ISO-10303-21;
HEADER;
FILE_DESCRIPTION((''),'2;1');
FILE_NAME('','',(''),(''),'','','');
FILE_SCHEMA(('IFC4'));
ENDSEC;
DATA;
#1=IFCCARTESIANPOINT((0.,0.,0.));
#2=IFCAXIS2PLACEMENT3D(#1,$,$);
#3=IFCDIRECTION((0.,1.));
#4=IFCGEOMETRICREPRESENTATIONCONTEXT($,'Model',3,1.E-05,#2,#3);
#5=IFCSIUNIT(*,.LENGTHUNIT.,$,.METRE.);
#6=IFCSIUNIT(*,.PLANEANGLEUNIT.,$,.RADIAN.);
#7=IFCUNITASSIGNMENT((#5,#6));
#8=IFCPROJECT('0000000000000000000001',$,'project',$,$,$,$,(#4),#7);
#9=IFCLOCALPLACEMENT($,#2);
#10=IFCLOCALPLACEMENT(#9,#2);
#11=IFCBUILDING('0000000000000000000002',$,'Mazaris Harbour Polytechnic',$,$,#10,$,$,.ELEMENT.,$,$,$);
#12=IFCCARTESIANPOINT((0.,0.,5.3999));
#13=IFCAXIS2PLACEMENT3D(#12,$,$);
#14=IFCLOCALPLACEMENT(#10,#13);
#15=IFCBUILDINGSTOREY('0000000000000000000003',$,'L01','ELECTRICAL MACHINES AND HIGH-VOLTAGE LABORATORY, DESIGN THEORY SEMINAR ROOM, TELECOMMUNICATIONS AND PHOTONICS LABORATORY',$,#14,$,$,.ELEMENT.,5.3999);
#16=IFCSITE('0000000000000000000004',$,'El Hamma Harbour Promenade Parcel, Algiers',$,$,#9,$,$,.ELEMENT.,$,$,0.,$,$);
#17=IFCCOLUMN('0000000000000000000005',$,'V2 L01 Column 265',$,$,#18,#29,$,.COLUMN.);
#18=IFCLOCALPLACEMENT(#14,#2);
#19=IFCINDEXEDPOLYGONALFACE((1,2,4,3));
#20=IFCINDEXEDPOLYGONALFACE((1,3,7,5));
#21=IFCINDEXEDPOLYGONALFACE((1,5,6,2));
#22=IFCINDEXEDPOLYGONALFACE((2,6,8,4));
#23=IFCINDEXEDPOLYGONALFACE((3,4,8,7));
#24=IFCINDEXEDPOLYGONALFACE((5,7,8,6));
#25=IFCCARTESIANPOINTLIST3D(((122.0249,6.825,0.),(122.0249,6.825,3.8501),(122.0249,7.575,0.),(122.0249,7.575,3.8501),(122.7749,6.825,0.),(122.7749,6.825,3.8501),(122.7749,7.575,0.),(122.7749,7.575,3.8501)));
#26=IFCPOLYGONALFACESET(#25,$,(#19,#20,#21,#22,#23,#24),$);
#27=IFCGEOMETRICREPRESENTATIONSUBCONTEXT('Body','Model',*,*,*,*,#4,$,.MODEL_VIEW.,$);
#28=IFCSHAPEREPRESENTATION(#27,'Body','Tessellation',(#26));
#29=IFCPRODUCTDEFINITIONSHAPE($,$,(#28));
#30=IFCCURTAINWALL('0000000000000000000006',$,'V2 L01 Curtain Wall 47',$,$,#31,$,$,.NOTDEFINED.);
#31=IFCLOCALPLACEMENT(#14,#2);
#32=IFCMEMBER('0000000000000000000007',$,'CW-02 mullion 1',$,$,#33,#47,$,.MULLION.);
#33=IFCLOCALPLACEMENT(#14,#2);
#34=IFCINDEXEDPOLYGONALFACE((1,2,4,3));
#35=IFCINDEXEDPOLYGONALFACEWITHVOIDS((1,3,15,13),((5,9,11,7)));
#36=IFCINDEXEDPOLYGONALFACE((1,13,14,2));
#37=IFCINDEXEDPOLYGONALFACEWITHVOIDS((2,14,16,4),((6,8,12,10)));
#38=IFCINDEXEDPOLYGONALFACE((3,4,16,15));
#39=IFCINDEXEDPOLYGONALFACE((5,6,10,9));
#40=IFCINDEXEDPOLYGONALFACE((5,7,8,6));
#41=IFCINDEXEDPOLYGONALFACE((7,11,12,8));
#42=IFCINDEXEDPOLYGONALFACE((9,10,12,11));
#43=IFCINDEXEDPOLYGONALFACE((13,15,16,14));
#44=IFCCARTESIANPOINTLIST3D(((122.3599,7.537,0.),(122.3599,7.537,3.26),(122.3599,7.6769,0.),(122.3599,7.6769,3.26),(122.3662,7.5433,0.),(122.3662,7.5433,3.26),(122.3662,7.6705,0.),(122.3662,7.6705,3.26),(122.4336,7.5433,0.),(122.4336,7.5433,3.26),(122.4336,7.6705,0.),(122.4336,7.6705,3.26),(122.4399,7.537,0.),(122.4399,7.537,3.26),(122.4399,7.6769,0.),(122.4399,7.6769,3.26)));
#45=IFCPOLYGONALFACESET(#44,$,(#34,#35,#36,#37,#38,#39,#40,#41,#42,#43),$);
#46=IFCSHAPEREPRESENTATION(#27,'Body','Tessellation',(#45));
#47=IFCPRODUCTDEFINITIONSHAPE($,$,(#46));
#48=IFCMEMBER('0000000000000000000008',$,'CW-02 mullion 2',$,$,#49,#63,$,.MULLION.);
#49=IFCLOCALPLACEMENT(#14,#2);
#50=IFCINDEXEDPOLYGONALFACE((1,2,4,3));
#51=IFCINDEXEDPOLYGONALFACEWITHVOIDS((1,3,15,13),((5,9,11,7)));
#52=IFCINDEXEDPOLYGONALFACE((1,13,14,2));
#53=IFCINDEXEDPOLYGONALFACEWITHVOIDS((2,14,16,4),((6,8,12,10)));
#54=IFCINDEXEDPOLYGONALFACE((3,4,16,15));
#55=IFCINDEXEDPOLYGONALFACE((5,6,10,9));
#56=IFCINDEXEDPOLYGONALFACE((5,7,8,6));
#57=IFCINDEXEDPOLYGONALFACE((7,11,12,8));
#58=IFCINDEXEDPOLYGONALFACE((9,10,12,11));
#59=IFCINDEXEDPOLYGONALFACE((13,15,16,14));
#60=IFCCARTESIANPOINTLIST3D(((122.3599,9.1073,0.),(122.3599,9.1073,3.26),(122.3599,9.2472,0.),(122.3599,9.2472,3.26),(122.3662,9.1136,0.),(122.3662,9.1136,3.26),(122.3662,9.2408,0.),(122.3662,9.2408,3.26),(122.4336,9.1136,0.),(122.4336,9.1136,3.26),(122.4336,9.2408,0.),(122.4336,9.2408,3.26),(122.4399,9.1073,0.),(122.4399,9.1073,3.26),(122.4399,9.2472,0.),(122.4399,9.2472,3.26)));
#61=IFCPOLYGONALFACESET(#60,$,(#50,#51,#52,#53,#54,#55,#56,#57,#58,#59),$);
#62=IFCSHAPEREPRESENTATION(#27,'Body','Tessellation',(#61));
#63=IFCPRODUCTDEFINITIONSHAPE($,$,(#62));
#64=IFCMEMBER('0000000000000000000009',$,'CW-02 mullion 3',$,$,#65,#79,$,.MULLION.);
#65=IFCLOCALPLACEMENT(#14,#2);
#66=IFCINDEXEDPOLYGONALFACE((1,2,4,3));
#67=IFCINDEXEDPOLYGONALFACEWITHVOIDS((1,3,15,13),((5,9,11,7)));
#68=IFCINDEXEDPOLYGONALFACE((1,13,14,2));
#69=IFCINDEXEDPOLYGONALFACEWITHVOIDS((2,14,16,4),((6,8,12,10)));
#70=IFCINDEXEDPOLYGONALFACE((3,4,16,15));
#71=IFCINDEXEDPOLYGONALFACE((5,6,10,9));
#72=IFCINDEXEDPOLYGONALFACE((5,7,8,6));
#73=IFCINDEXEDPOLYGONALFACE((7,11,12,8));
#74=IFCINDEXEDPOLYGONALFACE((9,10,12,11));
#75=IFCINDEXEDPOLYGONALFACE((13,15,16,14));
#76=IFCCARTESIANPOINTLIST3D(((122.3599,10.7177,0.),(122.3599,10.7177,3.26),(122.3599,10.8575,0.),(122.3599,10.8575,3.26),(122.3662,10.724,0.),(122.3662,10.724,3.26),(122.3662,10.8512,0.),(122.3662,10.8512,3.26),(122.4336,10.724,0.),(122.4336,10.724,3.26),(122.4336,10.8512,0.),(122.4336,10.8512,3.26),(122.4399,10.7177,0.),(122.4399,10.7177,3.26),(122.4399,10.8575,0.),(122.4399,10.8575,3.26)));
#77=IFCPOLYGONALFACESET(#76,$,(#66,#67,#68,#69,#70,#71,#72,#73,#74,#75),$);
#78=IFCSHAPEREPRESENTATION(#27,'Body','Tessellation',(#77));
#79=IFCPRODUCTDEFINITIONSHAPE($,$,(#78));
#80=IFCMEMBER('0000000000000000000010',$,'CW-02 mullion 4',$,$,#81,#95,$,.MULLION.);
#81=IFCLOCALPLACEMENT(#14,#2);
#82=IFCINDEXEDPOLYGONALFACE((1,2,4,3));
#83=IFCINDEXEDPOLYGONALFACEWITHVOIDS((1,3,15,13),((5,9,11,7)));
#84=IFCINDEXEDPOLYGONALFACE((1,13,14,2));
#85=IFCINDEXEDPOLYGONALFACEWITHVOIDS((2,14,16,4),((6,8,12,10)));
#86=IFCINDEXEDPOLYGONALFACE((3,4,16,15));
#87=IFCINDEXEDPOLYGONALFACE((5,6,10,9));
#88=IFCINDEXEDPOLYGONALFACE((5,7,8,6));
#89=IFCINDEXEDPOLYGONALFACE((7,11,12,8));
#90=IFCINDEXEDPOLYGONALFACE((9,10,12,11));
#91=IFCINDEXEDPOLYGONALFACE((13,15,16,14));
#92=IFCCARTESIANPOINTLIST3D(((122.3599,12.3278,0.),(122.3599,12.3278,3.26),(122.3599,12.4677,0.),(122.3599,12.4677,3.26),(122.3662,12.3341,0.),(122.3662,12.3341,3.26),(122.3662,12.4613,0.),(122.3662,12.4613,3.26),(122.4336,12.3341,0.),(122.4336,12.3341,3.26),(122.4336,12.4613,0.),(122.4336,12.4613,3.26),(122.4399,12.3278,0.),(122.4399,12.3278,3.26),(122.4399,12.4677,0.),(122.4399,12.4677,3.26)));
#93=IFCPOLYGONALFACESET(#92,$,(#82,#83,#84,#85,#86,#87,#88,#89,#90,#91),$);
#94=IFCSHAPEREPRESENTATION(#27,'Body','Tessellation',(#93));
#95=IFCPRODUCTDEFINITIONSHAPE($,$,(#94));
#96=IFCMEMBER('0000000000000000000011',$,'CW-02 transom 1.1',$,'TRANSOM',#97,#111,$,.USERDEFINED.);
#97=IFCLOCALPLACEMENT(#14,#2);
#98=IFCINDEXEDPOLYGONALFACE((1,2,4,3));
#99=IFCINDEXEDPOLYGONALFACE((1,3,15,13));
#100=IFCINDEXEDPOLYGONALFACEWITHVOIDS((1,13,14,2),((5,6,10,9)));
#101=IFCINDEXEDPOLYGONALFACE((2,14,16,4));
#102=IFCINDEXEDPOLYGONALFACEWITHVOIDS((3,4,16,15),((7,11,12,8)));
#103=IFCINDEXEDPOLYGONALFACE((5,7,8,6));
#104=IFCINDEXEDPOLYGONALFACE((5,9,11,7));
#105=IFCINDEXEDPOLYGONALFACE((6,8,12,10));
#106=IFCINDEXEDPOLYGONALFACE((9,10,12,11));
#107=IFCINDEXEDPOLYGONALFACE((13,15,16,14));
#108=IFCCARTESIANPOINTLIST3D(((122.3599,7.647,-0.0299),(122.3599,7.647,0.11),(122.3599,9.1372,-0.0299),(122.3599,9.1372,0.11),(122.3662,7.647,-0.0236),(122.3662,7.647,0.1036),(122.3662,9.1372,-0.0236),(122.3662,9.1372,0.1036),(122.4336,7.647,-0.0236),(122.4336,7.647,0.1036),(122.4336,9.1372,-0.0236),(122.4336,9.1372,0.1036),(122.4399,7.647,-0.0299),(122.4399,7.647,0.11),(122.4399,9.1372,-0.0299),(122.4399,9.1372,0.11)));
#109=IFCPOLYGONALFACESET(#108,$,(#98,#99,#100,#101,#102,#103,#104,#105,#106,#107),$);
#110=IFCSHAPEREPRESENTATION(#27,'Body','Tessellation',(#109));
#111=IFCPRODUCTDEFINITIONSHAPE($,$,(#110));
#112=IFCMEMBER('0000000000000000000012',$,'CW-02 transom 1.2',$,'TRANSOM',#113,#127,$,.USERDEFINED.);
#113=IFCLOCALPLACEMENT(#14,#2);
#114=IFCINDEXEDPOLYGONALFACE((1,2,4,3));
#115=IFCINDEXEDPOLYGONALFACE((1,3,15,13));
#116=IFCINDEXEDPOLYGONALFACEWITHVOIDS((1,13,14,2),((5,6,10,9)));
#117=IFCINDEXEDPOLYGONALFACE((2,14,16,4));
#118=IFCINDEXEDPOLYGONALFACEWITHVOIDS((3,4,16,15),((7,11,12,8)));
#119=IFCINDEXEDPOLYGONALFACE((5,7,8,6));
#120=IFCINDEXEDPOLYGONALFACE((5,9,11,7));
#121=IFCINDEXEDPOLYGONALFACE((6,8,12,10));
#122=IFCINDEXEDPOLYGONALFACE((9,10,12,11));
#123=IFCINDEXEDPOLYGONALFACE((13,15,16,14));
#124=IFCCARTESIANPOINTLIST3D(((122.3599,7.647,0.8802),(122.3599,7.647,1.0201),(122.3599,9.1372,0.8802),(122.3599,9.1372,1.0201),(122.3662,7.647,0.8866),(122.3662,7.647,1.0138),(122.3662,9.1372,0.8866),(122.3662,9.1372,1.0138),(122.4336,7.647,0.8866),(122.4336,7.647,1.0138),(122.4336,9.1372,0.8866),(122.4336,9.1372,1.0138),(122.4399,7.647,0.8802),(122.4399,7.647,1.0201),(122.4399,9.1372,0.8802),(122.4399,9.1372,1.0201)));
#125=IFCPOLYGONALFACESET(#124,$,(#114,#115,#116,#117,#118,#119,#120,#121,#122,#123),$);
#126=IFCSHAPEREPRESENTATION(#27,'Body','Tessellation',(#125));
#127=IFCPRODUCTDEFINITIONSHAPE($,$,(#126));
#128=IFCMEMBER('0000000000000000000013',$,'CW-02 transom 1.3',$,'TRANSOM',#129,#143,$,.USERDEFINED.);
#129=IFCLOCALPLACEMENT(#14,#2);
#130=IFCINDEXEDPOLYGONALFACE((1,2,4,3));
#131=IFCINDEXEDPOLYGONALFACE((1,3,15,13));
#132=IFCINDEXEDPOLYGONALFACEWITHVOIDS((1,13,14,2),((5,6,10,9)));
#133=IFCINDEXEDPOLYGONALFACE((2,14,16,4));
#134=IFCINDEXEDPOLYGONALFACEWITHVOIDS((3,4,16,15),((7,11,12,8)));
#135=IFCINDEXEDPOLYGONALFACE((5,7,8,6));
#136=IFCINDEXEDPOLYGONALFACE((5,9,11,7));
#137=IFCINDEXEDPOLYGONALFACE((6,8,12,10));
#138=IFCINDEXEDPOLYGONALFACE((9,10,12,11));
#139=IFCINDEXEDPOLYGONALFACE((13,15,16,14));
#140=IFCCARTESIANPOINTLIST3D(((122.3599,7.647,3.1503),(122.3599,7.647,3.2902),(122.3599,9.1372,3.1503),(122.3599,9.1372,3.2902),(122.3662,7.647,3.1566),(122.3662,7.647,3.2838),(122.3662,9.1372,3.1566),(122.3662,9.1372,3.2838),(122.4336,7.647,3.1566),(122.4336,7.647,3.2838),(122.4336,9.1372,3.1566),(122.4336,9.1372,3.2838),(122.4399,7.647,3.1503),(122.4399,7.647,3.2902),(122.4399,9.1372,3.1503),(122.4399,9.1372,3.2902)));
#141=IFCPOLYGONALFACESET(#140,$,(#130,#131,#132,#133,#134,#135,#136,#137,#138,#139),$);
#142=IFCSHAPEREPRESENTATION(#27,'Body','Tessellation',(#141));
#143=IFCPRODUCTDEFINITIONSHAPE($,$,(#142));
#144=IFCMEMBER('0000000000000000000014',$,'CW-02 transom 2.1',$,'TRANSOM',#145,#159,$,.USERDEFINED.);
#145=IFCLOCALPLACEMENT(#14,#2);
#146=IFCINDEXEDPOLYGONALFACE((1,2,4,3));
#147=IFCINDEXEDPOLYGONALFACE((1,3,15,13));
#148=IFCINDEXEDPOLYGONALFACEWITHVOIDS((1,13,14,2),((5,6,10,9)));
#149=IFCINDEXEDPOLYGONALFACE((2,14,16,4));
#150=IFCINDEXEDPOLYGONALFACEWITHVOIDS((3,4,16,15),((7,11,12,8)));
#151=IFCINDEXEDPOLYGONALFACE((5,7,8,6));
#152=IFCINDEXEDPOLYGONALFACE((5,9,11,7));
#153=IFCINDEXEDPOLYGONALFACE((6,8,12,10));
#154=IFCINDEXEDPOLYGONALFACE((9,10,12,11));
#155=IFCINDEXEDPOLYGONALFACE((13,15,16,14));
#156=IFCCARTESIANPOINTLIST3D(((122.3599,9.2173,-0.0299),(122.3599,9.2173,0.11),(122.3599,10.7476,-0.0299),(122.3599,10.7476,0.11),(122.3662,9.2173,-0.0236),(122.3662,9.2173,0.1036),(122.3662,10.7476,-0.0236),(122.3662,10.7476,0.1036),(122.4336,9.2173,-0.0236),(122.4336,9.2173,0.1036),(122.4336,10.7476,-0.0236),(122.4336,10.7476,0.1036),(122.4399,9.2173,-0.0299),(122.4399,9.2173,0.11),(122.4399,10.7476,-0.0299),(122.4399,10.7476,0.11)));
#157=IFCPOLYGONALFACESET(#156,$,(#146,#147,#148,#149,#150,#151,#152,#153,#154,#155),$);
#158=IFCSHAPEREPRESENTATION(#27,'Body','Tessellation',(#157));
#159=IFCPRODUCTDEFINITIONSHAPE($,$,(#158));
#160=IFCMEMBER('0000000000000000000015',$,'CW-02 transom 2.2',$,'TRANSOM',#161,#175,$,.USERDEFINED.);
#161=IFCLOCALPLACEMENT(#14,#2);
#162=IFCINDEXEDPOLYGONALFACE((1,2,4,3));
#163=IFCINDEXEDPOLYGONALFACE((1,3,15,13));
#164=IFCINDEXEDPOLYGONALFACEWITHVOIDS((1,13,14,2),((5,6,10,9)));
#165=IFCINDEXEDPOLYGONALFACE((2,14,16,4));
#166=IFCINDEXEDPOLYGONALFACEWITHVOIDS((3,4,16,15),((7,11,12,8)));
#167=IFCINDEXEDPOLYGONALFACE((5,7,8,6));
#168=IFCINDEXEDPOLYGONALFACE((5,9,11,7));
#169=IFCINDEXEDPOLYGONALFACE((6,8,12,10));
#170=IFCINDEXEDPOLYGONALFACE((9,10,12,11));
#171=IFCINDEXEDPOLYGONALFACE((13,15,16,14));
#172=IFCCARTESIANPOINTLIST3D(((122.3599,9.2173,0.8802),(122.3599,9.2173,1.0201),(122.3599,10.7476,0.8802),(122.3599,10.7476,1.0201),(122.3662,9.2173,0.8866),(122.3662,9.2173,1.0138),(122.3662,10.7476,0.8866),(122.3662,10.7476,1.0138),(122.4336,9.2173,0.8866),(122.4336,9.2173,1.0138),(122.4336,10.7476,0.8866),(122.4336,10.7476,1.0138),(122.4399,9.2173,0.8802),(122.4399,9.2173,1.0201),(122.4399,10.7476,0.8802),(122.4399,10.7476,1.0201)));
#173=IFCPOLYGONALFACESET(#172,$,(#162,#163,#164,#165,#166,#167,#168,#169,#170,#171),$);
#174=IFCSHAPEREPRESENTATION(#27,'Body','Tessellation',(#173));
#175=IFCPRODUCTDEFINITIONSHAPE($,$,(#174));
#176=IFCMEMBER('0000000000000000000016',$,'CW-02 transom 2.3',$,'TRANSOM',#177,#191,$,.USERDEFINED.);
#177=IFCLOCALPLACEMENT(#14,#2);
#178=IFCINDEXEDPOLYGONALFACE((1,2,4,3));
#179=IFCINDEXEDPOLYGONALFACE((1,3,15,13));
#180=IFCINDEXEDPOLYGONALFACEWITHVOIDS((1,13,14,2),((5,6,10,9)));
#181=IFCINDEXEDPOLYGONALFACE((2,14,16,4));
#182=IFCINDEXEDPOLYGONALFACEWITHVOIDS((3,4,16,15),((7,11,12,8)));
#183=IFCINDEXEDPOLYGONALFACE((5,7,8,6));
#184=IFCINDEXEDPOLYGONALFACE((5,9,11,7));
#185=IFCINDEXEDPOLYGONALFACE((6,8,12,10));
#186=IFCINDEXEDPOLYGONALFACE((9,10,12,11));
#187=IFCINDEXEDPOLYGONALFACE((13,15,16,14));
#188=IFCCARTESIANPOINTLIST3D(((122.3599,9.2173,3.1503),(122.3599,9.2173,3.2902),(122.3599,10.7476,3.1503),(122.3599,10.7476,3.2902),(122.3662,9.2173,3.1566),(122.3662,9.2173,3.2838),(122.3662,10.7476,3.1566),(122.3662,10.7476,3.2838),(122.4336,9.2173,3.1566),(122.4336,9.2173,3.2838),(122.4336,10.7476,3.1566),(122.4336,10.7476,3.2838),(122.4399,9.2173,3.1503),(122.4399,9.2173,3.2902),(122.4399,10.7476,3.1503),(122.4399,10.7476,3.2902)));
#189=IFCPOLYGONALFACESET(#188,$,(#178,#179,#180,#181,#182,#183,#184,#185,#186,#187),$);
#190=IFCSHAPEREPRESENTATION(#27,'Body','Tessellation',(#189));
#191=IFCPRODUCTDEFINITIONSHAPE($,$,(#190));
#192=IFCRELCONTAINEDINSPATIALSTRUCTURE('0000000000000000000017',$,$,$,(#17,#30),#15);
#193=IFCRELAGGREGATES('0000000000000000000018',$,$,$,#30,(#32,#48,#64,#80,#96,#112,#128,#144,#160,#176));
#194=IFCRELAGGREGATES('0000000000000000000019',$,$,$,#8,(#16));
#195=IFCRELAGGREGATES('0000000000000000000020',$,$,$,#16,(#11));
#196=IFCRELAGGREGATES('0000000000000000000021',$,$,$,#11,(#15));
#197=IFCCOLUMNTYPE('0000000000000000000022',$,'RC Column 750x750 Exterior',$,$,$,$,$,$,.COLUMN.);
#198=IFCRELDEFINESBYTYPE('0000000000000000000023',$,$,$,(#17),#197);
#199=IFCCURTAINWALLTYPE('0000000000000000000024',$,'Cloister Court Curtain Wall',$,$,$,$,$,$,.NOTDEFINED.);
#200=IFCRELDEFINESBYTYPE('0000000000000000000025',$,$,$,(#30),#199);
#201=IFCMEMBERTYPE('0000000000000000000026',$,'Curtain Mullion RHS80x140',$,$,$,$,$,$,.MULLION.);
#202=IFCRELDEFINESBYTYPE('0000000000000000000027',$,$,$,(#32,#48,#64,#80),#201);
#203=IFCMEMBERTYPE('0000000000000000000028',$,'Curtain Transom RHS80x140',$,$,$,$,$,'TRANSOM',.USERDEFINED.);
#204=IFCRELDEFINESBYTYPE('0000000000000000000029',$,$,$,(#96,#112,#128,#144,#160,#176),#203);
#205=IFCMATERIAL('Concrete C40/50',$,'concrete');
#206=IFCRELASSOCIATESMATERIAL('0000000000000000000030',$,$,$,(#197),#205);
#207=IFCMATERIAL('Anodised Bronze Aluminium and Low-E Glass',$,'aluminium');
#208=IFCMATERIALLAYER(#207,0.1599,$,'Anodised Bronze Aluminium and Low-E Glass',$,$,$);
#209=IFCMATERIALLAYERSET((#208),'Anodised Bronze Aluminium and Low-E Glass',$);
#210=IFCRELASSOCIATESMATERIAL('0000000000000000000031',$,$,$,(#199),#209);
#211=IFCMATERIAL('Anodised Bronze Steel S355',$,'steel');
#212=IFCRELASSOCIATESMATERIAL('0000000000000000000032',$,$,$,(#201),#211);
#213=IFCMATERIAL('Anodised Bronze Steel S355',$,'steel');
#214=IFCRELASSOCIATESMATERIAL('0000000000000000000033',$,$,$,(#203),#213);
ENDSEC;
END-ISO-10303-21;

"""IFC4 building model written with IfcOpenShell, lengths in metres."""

from ifc_helpers import new_model, si_unit, direction, frame, origin, origin_2d, place, context, subcontext, project, spatial, rectangle, hollow_rectangle, extrude, material, layer, layer_set, material_profile, profile_set, type_object, element, aggregate, save


model = new_model("IFC4")

# Units and contexts
model_context = context("Model", 3, precision=1e-05, world=origin(), true_north=direction((0.0, 1.0)))
body_context = subcontext(model_context, "Body", "Model", "MODEL_VIEW")
ifc_project = project(units=[si_unit("LENGTHUNIT", "METRE"), si_unit("PLANEANGLEUNIT", "RADIAN")], contexts=[model_context])

# Site, building, storey
site_placement = place(None, origin())
site = spatial("IfcSite", under=ifc_project, at=site_placement, Name="El Hamma Harbour Promenade Parcel, Algiers", CompositionType="ELEMENT", RefElevation=0.0)
building_placement = place(site_placement, origin())
building = spatial("IfcBuilding", under=site, at=building_placement, Name="Mazaris Harbour Polytechnic", CompositionType="ELEMENT")
storey_placement = place(building_placement, frame((0.0, 0.0, 5.3999)))
storey = spatial("IfcBuildingStorey", under=building, at=storey_placement, Name="L01", Description="ELECTRICAL MACHINES AND HIGH-VOLTAGE LABORATORY, DESIGN THEORY SEMINAR ROOM, TELECOMMUNICATIONS AND PHOTONICS LABORATORY", CompositionType="ELEMENT", Elevation=5.3999)

# Column
ifc_material_1 = material(Name="Concrete C40/50", Category="concrete")
ifc_material_profile_1 = material_profile(ifc_material_1, rectangle(XDim=0.75, YDim=0.75, at=origin_2d()), Name="RECT750x750")
ifc_profile_set_1 = profile_set([ifc_material_profile_1], Name="Concrete C40/50")
column_type = type_object("IfcColumnType", Name="RC Column 750x750 Exterior", PredefinedType="COLUMN", material=ifc_profile_set_1)
column_placement = place(storey_placement, frame((122.3999, 7.2, 0.0), z_axis=(0.0, 0.0, 1.0), x_axis=(1.0, 0.0, 0.0)))
element("IfcColumn", 1, at=column_placement, inside=storey, type_object=column_type, Name="V2 L01 Column 265", PredefinedType="COLUMN", context=body_context, shape_type="SweptSolid", body=[
    extrude(rectangle(XDim=0.75, YDim=0.75, at=origin_2d()), origin(), (0.0, 0.0, 1.0), 3.8501),
])

# Curtain wall, members
ifc_material_2 = material(Name="Anodised Bronze Aluminium and Low-E Glass", Category="aluminium")
ifc_layer_1 = layer(ifc_material_2, 0.1599, Name="Anodised Bronze Aluminium and Low-E Glass")
ifc_layer_set_1 = layer_set([ifc_layer_1], Name="Anodised Bronze Aluminium and Low-E Glass")
curtain_wall_type = type_object("IfcCurtainWallType", Name="Cloister Court Curtain Wall", PredefinedType="NOTDEFINED", material=ifc_layer_set_1)
curtain_wall_placement = place(storey_placement, origin())
curtain_wall = element("IfcCurtainWall", 2, at=curtain_wall_placement, inside=storey, type_object=curtain_wall_type, Name="V2 L01 Curtain Wall 47", PredefinedType="NOTDEFINED")
ifc_material_3 = material(Name="Anodised Bronze Steel S355", Category="steel")
ifc_material_profile_2 = material_profile(ifc_material_3, hollow_rectangle(XDim=0.0801, YDim=0.1399, WallThickness=0.0063, at=origin_2d()), Name="RHS 80x140x6.3")
ifc_profile_set_2 = profile_set([ifc_material_profile_2], Name="Anodised Bronze Steel S355")
member_type_1 = type_object("IfcMemberType", Name="Curtain Mullion RHS80x140", PredefinedType="MULLION", material=ifc_profile_set_2)
member_1_placement = place(storey_placement, frame((122.3999, 7.6069, 0.0), z_axis=(0.0, 0.0, 1.0), x_axis=(-1.0, 0.0, 0.0)))
member_1 = element("IfcMember", 3, at=member_1_placement, type_object=member_type_1, Name="CW-02 mullion 1", PredefinedType="MULLION", context=body_context, shape_type="SweptSolid", body=[
    extrude(hollow_rectangle(XDim=0.0801, YDim=0.1399, WallThickness=0.0063, at=origin_2d()), origin(), (0.0, 0.0, 1.0), 3.26),
])
member_2_placement = place(storey_placement, frame((122.3999, 9.1772, 0.0), z_axis=(0.0, 0.0, 1.0), x_axis=(-1.0, 0.0, 0.0)))
member_2 = element("IfcMember", 4, at=member_2_placement, type_object=member_type_1, Name="CW-02 mullion 2", PredefinedType="MULLION", context=body_context, shape_type="SweptSolid", body=[
    extrude(hollow_rectangle(XDim=0.0801, YDim=0.1399, WallThickness=0.0063, at=origin_2d()), origin(), (0.0, 0.0, 1.0), 3.26),
])
member_3_placement = place(storey_placement, frame((122.3999, 10.7876, 0.0), z_axis=(0.0, 0.0, 1.0), x_axis=(-1.0, 0.0, 0.0)))
member_3 = element("IfcMember", 5, at=member_3_placement, type_object=member_type_1, Name="CW-02 mullion 3", PredefinedType="MULLION", context=body_context, shape_type="SweptSolid", body=[
    extrude(hollow_rectangle(XDim=0.0801, YDim=0.1399, WallThickness=0.0063, at=origin_2d()), origin(), (0.0, 0.0, 1.0), 3.26),
])
member_4_placement = place(storey_placement, frame((122.3999, 12.3977, 0.0), z_axis=(0.0, 0.0, 1.0), x_axis=(-1.0, 0.0, 0.0)))
member_4 = element("IfcMember", 6, at=member_4_placement, type_object=member_type_1, Name="CW-02 mullion 4", PredefinedType="MULLION", context=body_context, shape_type="SweptSolid", body=[
    extrude(hollow_rectangle(XDim=0.0801, YDim=0.1399, WallThickness=0.0063, at=origin_2d()), origin(), (0.0, 0.0, 1.0), 3.26),
])
ifc_material_4 = material(Name="Anodised Bronze Steel S355", Category="steel")
ifc_material_profile_3 = material_profile(ifc_material_4, hollow_rectangle(XDim=0.0801, YDim=0.1399, WallThickness=0.0063, at=origin_2d()), Name="RHS 80x140x6.3")
ifc_profile_set_3 = profile_set([ifc_material_profile_3], Name="Anodised Bronze Steel S355")
member_type_2 = type_object("IfcMemberType", Name="Curtain Transom RHS80x140", ElementType="TRANSOM", PredefinedType="USERDEFINED", material=ifc_profile_set_3)
member_5_placement = place(storey_placement, frame((122.3999, 7.647, 0.04), z_axis=(0.0, 1.0, 0.0), x_axis=(-1.0, 0.0, 0.0)))
member_5 = element("IfcMember", 7, at=member_5_placement, type_object=member_type_2, Name="CW-02 transom 1.1", ObjectType="TRANSOM", PredefinedType="USERDEFINED", context=body_context, shape_type="SweptSolid", body=[
    extrude(hollow_rectangle(XDim=0.0801, YDim=0.1399, WallThickness=0.0063, at=origin_2d()), origin(), (0.0, 0.0, 1.0), 1.4902),
])
member_6_placement = place(storey_placement, frame((122.3999, 7.647, 0.9502), z_axis=(0.0, 1.0, 0.0), x_axis=(-1.0, 0.0, 0.0)))
member_6 = element("IfcMember", 8, at=member_6_placement, type_object=member_type_2, Name="CW-02 transom 1.2", ObjectType="TRANSOM", PredefinedType="USERDEFINED", context=body_context, shape_type="SweptSolid", body=[
    extrude(hollow_rectangle(XDim=0.0801, YDim=0.1399, WallThickness=0.0063, at=origin_2d()), origin(), (0.0, 0.0, 1.0), 1.4902),
])
member_7_placement = place(storey_placement, frame((122.3999, 7.647, 3.2202), z_axis=(0.0, 1.0, 0.0), x_axis=(-1.0, 0.0, 0.0)))
member_7 = element("IfcMember", 9, at=member_7_placement, type_object=member_type_2, Name="CW-02 transom 1.3", ObjectType="TRANSOM", PredefinedType="USERDEFINED", context=body_context, shape_type="SweptSolid", body=[
    extrude(hollow_rectangle(XDim=0.0801, YDim=0.1399, WallThickness=0.0063, at=origin_2d()), origin(), (0.0, 0.0, 1.0), 1.4902),
])
member_8_placement = place(storey_placement, frame((122.3999, 9.2173, 0.04), z_axis=(0.0, 1.0, 0.0), x_axis=(-1.0, 0.0, 0.0)))
member_8 = element("IfcMember", 10, at=member_8_placement, type_object=member_type_2, Name="CW-02 transom 2.1", ObjectType="TRANSOM", PredefinedType="USERDEFINED", context=body_context, shape_type="SweptSolid", body=[
    extrude(hollow_rectangle(XDim=0.0801, YDim=0.1399, WallThickness=0.0063, at=origin_2d()), origin(), (0.0, 0.0, 1.0), 1.5303),
])
member_9_placement = place(storey_placement, frame((122.3999, 9.2173, 0.9502), z_axis=(0.0, 1.0, 0.0), x_axis=(-1.0, 0.0, 0.0)))
member_9 = element("IfcMember", 11, at=member_9_placement, type_object=member_type_2, Name="CW-02 transom 2.2", ObjectType="TRANSOM", PredefinedType="USERDEFINED", context=body_context, shape_type="SweptSolid", body=[
    extrude(hollow_rectangle(XDim=0.0801, YDim=0.1399, WallThickness=0.0063, at=origin_2d()), origin(), (0.0, 0.0, 1.0), 1.5303),
])
member_10_placement = place(storey_placement, frame((122.3999, 9.2173, 3.2202), z_axis=(0.0, 1.0, 0.0), x_axis=(-1.0, 0.0, 0.0)))
member_10 = element("IfcMember", 12, at=member_10_placement, type_object=member_type_2, Name="CW-02 transom 2.3", ObjectType="TRANSOM", PredefinedType="USERDEFINED", context=body_context, shape_type="SweptSolid", body=[
    extrude(hollow_rectangle(XDim=0.0801, YDim=0.1399, WallThickness=0.0063, at=origin_2d()), origin(), (0.0, 0.0, 1.0), 1.5303),
])

aggregate(curtain_wall, [member_1, member_2, member_3, member_4, member_5, member_6, member_7, member_8, member_9, member_10])

save(model, "model.ifc")
